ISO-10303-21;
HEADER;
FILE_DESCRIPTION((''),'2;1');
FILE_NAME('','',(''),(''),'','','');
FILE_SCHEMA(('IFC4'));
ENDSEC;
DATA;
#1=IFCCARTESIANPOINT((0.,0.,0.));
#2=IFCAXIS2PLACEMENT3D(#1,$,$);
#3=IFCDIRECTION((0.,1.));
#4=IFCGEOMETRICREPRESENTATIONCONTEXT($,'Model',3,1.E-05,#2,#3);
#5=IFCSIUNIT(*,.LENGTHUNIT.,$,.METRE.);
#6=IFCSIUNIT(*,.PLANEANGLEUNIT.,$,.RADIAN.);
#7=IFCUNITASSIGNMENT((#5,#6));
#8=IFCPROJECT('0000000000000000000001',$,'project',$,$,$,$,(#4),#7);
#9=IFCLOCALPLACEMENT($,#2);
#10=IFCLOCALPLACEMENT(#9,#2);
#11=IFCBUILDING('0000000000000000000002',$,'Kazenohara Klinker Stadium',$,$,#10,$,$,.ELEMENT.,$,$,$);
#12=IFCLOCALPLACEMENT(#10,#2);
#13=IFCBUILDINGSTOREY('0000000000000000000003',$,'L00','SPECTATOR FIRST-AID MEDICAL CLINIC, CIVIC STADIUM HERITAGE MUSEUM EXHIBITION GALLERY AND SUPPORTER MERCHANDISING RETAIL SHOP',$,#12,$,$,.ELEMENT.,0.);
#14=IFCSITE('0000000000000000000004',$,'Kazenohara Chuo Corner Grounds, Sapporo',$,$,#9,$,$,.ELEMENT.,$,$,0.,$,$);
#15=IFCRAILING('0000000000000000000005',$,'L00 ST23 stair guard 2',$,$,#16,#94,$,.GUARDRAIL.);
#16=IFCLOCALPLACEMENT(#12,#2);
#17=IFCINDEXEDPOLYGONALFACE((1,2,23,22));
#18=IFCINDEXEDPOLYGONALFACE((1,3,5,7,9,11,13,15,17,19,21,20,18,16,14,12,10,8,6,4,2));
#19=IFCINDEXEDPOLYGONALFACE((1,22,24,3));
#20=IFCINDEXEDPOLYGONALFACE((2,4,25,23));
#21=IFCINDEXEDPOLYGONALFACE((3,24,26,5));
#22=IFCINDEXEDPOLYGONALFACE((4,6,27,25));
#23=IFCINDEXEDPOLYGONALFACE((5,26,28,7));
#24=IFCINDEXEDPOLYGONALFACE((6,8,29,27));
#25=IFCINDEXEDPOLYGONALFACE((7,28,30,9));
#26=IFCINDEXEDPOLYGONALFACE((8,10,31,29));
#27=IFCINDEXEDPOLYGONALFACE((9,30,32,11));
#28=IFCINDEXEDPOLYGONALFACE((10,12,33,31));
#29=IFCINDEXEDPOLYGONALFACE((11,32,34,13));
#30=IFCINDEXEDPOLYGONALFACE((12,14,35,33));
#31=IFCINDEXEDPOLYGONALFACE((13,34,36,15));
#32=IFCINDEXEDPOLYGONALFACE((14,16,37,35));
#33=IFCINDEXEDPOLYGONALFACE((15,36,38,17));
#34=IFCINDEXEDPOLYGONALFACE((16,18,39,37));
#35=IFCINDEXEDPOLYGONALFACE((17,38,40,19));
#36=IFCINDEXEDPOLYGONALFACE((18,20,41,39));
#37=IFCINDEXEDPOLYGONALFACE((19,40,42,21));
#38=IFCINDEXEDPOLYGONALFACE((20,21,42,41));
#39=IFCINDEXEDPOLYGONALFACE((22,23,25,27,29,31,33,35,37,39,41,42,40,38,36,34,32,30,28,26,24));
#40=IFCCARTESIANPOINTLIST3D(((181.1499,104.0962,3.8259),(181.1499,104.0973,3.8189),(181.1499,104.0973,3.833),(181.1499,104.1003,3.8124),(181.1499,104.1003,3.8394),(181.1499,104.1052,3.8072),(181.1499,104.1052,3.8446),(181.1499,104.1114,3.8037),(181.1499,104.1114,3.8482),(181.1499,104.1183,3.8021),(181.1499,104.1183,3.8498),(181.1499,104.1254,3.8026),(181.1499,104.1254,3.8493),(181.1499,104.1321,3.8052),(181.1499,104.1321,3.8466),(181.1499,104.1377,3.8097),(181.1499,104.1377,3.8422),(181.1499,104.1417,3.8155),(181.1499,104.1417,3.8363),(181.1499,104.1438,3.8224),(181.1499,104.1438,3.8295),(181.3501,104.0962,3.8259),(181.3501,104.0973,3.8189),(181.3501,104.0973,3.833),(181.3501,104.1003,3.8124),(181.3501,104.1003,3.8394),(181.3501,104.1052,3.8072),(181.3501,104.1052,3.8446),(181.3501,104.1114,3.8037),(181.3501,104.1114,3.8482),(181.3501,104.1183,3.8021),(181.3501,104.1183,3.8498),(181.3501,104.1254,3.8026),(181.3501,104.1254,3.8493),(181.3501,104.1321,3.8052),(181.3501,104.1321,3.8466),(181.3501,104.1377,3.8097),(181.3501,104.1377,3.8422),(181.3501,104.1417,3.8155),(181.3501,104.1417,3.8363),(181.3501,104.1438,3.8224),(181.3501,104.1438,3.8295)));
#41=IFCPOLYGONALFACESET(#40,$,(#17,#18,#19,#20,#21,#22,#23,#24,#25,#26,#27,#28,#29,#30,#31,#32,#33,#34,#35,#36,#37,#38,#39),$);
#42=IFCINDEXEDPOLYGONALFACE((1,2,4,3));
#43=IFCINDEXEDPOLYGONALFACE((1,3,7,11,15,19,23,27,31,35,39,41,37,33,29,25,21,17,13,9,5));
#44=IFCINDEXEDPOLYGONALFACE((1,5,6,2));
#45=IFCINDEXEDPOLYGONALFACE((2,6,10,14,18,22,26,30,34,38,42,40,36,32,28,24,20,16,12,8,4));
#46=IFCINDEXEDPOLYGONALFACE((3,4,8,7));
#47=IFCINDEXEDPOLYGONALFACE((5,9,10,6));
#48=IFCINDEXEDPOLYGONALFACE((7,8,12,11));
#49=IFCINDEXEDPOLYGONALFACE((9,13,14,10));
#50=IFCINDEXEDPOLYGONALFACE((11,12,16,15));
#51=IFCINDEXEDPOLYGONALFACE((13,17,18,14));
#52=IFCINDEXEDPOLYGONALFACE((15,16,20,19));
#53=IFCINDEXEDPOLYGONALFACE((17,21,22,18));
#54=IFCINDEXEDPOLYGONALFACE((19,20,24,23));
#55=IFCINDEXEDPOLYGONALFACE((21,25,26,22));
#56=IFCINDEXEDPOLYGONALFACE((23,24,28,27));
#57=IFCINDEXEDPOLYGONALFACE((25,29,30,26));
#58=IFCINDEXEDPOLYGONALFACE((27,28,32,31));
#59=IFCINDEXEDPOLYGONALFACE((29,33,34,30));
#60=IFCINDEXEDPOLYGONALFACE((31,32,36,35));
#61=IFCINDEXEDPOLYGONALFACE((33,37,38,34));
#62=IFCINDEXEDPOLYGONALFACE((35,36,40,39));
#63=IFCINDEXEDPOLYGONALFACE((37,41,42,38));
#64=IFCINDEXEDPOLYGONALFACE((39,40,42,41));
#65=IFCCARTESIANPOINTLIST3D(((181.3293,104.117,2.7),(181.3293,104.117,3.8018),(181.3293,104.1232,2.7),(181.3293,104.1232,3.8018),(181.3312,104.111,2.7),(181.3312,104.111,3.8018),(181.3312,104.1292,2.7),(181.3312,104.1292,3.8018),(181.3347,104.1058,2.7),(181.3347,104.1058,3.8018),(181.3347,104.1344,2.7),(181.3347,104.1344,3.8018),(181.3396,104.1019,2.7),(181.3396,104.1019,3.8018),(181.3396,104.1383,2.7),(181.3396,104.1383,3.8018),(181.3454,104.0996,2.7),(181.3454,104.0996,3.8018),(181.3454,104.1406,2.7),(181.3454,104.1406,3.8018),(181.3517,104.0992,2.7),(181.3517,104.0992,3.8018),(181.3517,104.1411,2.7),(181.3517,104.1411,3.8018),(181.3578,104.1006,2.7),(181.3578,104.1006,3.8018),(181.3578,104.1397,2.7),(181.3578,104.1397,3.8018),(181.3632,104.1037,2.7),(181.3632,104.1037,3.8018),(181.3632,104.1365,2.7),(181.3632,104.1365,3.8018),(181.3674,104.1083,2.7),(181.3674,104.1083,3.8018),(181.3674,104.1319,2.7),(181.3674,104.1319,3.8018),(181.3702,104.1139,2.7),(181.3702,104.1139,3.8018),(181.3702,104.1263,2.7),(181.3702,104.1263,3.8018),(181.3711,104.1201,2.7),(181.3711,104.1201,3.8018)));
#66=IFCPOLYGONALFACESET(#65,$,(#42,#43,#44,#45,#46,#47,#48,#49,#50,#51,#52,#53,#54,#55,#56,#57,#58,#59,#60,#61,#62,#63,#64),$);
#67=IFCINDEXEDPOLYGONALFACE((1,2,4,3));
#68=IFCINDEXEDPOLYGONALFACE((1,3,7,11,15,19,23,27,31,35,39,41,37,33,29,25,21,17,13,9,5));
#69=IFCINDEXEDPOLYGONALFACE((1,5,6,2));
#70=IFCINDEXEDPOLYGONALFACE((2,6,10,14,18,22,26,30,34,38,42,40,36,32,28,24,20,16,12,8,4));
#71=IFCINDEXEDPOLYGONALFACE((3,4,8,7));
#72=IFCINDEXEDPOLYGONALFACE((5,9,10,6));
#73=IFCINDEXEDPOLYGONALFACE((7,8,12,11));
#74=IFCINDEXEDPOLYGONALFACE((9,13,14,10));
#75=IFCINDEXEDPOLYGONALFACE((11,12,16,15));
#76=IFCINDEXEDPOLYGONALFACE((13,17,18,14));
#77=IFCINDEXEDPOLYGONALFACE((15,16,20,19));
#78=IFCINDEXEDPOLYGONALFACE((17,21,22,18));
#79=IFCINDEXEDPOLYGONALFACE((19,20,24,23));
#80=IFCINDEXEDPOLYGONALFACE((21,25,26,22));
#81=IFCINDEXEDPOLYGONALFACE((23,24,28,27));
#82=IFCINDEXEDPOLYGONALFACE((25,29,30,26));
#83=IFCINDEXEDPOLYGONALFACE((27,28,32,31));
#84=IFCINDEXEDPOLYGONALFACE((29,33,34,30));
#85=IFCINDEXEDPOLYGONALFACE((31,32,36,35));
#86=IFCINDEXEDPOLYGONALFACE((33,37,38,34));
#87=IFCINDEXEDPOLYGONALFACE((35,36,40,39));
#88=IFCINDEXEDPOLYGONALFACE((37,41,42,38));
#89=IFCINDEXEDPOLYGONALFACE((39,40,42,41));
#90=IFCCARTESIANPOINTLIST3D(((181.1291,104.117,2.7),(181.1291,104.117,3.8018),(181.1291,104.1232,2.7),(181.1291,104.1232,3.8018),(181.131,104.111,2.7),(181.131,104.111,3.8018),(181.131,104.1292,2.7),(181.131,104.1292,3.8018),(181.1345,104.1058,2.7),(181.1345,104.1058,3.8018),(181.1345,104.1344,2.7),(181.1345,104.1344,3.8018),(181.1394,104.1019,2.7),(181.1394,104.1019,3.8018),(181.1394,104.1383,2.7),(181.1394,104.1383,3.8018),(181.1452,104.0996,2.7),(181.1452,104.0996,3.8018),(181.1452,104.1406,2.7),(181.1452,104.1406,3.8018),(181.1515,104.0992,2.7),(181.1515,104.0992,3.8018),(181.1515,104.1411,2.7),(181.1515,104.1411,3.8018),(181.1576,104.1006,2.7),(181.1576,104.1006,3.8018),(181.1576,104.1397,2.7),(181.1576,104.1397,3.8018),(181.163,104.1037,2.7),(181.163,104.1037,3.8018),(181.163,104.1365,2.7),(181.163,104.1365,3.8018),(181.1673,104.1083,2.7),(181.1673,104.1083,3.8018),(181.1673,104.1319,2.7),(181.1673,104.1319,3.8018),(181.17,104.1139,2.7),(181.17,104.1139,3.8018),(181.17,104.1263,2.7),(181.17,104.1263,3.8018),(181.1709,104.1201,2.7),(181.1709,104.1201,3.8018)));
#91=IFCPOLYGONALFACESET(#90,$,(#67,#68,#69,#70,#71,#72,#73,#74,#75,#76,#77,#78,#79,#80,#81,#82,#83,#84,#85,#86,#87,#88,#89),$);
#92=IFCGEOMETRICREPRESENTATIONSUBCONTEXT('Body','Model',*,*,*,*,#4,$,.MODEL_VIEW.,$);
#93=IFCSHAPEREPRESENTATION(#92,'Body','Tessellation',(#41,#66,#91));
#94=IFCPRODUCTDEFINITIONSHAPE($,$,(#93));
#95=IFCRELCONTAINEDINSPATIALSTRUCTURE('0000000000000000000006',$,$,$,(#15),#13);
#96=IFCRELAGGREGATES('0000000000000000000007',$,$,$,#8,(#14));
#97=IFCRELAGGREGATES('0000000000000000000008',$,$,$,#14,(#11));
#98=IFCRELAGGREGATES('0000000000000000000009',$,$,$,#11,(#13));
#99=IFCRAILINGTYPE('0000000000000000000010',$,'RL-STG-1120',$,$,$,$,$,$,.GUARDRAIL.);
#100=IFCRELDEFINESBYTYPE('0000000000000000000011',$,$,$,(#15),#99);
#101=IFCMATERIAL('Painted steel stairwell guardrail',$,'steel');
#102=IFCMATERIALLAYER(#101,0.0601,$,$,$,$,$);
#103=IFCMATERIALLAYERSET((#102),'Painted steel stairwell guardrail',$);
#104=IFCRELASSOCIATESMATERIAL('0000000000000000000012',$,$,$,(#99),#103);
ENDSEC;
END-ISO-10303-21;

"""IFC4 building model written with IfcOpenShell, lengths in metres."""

from ifc_helpers import new_model, si_unit, direction, frame, origin, origin_2d, place, context, subcontext, project, spatial, circle, extrude, material, layer, layer_set, type_object, element, save


model = new_model("IFC4")

# Units and contexts
model_context = context("Model", 3, precision=1e-05, world=origin(), true_north=direction((0.0, 1.0)))
body_context = subcontext(model_context, "Body", "Model", "MODEL_VIEW")
ifc_project = project(units=[si_unit("LENGTHUNIT", "METRE"), si_unit("PLANEANGLEUNIT", "RADIAN")], contexts=[model_context])

# Site, building, storey
site_placement = place(None, origin())
site = spatial("IfcSite", under=ifc_project, at=site_placement, Name="Kazenohara Chuo Corner Grounds, Sapporo", CompositionType="ELEMENT", RefElevation=0.0)
building_placement = place(site_placement, origin())
building = spatial("IfcBuilding", under=site, at=building_placement, Name="Kazenohara Klinker Stadium", CompositionType="ELEMENT")
storey_placement = place(building_placement, origin())
storey = spatial("IfcBuildingStorey", under=building, at=storey_placement, Name="L00", Description="SPECTATOR FIRST-AID MEDICAL CLINIC, CIVIC STADIUM HERITAGE MUSEUM EXHIBITION GALLERY AND SUPPORTER MERCHANDISING RETAIL SHOP", CompositionType="ELEMENT", Elevation=0.0)

# Railing
ifc_material_1 = material(Name="Painted steel stairwell guardrail", Category="steel")
ifc_layer_1 = layer(ifc_material_1, 0.0601)
ifc_layer_set_1 = layer_set([ifc_layer_1], Name="Painted steel stairwell guardrail")
railing_type_1 = type_object("IfcRailingType", Name="RL-STG-1120", PredefinedType="GUARDRAIL", material=ifc_layer_set_1)
railing_1_placement = place(storey_placement, frame((181.3501, 104.1201, 2.7)))
element("IfcRailing", 1, at=railing_1_placement, inside=storey, type_object=railing_type_1, Name="L00 ST23 stair guard 2", PredefinedType="GUARDRAIL", context=body_context, shape_type="SweptSolid", body=[
    extrude(circle(Radius=0.0239, at=origin_2d()), frame((0.0, 0.0, 1.126), z_axis=(-1.0, 0.0, 0.0), x_axis=(0.0, -1.0, 0.0)), (0.0, 0.0, 1.0), 0.2002),
    extrude(circle(Radius=0.021, at=origin_2d()), origin(), (0.0, 0.0, 1.0), 1.1018),
    extrude(circle(Radius=0.021, at=origin_2d()), frame((-0.2002, 0.0, 0.0)), (0.0, 0.0, 1.0), 1.1018),
])

save(model, "model.ifc")
